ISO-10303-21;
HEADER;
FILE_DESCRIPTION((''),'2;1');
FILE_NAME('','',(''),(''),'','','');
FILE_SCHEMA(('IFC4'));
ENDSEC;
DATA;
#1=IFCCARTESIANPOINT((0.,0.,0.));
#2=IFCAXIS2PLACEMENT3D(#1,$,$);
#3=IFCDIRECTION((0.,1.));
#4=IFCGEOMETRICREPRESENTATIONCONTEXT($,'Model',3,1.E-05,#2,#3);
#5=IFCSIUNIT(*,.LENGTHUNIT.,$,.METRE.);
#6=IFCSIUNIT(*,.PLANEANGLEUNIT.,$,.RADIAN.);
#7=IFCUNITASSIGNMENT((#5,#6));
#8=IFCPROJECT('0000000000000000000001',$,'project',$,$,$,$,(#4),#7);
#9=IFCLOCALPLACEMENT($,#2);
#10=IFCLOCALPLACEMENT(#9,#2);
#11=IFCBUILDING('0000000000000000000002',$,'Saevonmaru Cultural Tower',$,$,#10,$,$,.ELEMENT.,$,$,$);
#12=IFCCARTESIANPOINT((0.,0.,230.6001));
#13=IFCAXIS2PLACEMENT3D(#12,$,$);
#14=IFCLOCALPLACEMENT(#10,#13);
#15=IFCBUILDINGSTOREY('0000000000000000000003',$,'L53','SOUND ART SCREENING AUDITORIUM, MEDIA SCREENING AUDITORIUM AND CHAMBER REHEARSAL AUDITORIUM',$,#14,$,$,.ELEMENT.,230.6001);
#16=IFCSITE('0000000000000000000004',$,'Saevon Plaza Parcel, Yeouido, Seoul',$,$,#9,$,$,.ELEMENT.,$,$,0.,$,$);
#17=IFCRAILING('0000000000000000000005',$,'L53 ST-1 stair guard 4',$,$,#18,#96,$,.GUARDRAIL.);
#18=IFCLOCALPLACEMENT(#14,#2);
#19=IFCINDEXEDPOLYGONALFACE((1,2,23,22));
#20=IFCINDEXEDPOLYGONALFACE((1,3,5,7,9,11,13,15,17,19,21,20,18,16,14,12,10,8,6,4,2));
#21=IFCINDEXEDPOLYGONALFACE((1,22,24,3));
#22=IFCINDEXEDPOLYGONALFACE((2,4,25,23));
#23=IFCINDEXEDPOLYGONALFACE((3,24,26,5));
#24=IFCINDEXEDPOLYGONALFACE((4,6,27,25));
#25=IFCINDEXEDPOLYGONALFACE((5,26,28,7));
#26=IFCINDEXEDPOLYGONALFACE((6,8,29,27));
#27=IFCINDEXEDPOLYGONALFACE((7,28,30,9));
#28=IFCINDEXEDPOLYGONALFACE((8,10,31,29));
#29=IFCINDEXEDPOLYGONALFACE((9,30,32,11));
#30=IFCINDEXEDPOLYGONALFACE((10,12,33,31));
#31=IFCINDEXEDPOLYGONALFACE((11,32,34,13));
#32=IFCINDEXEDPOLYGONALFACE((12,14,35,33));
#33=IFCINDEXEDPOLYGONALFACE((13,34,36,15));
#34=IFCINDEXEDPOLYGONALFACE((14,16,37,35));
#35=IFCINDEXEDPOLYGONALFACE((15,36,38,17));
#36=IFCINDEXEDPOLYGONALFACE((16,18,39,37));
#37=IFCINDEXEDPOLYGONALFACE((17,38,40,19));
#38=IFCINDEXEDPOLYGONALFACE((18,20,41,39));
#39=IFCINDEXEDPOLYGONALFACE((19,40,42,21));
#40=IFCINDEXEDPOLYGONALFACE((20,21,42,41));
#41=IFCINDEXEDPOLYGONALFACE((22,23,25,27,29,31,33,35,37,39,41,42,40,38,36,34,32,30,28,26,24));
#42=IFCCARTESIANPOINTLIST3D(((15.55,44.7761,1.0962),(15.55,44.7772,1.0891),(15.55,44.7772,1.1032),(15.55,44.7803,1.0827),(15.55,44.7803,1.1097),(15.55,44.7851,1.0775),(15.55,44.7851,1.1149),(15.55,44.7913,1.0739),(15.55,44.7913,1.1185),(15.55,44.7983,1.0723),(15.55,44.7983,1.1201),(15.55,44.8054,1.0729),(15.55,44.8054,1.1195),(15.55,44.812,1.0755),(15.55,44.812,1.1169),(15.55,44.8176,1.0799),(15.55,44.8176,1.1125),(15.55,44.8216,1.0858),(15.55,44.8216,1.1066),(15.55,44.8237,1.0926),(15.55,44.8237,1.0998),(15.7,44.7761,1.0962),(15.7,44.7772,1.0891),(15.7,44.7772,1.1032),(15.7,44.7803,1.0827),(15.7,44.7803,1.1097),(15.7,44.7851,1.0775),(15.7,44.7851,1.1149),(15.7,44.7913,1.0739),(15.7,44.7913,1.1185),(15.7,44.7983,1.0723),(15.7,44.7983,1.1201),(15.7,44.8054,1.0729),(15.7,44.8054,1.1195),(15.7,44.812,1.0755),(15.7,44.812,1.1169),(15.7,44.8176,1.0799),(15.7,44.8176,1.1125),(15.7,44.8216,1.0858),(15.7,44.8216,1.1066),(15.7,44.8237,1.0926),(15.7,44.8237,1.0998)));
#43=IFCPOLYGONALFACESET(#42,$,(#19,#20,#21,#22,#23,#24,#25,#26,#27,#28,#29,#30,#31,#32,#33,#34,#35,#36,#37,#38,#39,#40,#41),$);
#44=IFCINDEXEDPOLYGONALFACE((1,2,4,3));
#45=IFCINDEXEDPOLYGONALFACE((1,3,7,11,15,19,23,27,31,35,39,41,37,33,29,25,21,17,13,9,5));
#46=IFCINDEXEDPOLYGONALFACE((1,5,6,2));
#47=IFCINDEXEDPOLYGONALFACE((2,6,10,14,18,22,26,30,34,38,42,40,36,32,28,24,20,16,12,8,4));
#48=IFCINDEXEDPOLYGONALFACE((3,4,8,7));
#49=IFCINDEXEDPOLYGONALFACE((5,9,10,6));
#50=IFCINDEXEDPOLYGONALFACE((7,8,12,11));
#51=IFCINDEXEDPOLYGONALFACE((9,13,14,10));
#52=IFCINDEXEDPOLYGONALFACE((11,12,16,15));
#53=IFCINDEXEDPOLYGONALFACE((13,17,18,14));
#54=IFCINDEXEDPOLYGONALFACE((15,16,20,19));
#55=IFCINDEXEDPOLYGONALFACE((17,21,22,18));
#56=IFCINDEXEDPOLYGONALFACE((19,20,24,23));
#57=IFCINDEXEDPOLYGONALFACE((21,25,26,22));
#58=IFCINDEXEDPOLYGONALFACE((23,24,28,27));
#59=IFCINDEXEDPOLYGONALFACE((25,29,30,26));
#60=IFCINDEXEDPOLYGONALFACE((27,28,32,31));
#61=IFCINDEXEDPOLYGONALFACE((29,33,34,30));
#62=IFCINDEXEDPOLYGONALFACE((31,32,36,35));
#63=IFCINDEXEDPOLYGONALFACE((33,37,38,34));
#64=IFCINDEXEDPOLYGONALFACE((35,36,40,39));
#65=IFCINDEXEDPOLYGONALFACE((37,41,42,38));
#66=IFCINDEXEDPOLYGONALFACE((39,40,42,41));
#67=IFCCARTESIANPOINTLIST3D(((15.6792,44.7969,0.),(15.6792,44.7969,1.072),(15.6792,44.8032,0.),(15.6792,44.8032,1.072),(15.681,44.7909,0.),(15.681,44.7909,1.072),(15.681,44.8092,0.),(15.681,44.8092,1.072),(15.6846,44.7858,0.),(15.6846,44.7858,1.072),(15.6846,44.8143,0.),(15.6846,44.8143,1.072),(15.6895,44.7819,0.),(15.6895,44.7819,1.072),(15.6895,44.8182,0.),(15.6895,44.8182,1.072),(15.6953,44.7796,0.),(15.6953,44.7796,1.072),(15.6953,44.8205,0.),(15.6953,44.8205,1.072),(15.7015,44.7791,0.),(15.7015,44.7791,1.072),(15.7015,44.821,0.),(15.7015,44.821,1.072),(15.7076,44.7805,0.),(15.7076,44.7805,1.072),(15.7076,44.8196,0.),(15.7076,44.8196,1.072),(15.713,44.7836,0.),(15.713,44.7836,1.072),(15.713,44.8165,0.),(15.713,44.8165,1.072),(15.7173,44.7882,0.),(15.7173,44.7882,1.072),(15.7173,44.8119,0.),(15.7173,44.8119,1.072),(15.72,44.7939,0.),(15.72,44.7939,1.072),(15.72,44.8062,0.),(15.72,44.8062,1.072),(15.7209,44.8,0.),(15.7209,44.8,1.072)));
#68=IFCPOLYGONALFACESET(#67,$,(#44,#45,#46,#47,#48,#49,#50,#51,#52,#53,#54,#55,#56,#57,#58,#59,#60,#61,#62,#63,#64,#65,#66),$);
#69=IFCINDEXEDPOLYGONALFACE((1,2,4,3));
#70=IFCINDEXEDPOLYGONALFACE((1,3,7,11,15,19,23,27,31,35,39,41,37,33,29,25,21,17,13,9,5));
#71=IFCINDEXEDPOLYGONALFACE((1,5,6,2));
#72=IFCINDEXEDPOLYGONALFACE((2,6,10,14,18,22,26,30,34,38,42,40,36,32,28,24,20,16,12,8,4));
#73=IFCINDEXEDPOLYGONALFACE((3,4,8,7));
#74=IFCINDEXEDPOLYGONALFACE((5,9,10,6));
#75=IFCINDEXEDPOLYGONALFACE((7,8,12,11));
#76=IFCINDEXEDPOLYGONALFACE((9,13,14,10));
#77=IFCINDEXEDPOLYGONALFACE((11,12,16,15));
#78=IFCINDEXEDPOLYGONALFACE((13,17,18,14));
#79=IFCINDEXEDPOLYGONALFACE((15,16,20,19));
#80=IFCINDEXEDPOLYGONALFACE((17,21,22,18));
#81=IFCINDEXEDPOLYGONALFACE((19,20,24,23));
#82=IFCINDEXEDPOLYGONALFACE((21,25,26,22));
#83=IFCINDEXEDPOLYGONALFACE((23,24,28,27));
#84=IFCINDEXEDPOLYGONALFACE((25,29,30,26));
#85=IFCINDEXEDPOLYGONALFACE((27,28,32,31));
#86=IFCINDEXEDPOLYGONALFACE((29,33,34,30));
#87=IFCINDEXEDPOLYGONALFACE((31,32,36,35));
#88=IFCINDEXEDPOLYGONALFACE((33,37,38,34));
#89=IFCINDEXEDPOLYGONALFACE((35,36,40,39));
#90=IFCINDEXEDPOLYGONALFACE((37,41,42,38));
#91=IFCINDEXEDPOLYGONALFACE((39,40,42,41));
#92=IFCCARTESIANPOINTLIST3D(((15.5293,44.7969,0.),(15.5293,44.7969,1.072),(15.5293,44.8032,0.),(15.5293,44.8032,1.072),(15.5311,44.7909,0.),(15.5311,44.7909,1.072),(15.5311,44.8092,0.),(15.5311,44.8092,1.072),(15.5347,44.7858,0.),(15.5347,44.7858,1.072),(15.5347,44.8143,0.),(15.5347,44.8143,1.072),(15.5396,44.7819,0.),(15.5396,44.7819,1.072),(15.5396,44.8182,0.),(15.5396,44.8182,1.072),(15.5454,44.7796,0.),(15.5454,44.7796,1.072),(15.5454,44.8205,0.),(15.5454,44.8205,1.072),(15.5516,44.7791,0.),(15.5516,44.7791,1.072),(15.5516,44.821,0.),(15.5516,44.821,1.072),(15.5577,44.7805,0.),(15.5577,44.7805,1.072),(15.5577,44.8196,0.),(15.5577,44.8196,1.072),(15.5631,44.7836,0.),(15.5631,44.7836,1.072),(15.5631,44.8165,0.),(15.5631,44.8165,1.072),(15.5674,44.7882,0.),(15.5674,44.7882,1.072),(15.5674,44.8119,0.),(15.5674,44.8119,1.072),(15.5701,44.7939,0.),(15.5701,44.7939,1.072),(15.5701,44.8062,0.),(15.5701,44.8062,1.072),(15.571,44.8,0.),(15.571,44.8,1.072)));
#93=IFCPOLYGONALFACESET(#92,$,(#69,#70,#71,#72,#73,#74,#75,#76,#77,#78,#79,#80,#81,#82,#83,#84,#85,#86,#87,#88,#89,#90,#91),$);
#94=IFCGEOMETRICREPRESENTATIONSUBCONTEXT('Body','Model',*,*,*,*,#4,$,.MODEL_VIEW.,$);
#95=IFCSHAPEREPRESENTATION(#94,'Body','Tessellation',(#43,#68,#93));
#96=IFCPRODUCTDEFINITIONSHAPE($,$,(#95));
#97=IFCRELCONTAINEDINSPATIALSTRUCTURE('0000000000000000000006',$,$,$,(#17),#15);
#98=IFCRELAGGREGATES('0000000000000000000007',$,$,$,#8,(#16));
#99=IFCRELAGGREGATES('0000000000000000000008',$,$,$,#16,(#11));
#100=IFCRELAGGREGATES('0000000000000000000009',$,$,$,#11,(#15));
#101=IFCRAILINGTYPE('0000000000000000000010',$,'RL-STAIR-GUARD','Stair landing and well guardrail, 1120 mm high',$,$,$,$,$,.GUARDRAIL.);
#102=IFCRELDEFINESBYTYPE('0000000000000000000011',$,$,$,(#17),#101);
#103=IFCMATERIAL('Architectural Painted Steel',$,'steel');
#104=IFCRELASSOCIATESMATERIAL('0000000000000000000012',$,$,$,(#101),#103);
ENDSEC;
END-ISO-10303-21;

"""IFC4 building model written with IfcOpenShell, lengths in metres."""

from ifc_helpers import new_model, si_unit, direction, frame, origin, origin_2d, place, context, subcontext, project, spatial, circle, extrude, material, type_object, element, save


model = new_model("IFC4")

# Units and contexts
model_context = context("Model", 3, precision=1e-05, world=origin(), true_north=direction((0.0, 1.0)))
body_context = subcontext(model_context, "Body", "Model", "MODEL_VIEW")
ifc_project = project(units=[si_unit("LENGTHUNIT", "METRE"), si_unit("PLANEANGLEUNIT", "RADIAN")], contexts=[model_context])

# Site, building, storey
site_placement = place(None, origin())
site = spatial("IfcSite", under=ifc_project, at=site_placement, Name="Saevon Plaza Parcel, Yeouido, Seoul", CompositionType="ELEMENT", RefElevation=0.0)
building_placement = place(site_placement, origin())
building = spatial("IfcBuilding", under=site, at=building_placement, Name="Saevonmaru Cultural Tower", CompositionType="ELEMENT")
storey_placement = place(building_placement, frame((0.0, 0.0, 230.6001)))
storey = spatial("IfcBuildingStorey", under=building, at=storey_placement, Name="L53", Description="SOUND ART SCREENING AUDITORIUM, MEDIA SCREENING AUDITORIUM AND CHAMBER REHEARSAL AUDITORIUM", CompositionType="ELEMENT", Elevation=230.6001)

# Railing
ifc_material_1 = material(Name="Architectural Painted Steel", Category="steel")
railing_type_1 = type_object("IfcRailingType", Name="RL-STAIR-GUARD", Description="Stair landing and well guardrail, 1120 mm high", PredefinedType="GUARDRAIL", material=ifc_material_1)
railing_1_placement = place(storey_placement, frame((15.7, 44.8, 0.0)))
element("IfcRailing", 1, at=railing_1_placement, inside=storey, type_object=railing_type_1, Name="L53 ST-1 stair guard 4", PredefinedType="GUARDRAIL", context=body_context, shape_type="SweptSolid", body=[
    extrude(circle(Radius=0.0239, at=origin_2d()), frame((0.0, 0.0, 1.0962), z_axis=(-1.0, 0.0, 0.0), x_axis=(0.0, -1.0, 0.0)), (0.0, 0.0, 1.0), 0.1499),
    extrude(circle(Radius=0.021, at=origin_2d()), origin(), (0.0, 0.0, 1.0), 1.072),
    extrude(circle(Radius=0.021, at=origin_2d()), frame((-0.1499, 0.0, 0.0)), (0.0, 0.0, 1.0), 1.072),
])

save(model, "model.ifc")
